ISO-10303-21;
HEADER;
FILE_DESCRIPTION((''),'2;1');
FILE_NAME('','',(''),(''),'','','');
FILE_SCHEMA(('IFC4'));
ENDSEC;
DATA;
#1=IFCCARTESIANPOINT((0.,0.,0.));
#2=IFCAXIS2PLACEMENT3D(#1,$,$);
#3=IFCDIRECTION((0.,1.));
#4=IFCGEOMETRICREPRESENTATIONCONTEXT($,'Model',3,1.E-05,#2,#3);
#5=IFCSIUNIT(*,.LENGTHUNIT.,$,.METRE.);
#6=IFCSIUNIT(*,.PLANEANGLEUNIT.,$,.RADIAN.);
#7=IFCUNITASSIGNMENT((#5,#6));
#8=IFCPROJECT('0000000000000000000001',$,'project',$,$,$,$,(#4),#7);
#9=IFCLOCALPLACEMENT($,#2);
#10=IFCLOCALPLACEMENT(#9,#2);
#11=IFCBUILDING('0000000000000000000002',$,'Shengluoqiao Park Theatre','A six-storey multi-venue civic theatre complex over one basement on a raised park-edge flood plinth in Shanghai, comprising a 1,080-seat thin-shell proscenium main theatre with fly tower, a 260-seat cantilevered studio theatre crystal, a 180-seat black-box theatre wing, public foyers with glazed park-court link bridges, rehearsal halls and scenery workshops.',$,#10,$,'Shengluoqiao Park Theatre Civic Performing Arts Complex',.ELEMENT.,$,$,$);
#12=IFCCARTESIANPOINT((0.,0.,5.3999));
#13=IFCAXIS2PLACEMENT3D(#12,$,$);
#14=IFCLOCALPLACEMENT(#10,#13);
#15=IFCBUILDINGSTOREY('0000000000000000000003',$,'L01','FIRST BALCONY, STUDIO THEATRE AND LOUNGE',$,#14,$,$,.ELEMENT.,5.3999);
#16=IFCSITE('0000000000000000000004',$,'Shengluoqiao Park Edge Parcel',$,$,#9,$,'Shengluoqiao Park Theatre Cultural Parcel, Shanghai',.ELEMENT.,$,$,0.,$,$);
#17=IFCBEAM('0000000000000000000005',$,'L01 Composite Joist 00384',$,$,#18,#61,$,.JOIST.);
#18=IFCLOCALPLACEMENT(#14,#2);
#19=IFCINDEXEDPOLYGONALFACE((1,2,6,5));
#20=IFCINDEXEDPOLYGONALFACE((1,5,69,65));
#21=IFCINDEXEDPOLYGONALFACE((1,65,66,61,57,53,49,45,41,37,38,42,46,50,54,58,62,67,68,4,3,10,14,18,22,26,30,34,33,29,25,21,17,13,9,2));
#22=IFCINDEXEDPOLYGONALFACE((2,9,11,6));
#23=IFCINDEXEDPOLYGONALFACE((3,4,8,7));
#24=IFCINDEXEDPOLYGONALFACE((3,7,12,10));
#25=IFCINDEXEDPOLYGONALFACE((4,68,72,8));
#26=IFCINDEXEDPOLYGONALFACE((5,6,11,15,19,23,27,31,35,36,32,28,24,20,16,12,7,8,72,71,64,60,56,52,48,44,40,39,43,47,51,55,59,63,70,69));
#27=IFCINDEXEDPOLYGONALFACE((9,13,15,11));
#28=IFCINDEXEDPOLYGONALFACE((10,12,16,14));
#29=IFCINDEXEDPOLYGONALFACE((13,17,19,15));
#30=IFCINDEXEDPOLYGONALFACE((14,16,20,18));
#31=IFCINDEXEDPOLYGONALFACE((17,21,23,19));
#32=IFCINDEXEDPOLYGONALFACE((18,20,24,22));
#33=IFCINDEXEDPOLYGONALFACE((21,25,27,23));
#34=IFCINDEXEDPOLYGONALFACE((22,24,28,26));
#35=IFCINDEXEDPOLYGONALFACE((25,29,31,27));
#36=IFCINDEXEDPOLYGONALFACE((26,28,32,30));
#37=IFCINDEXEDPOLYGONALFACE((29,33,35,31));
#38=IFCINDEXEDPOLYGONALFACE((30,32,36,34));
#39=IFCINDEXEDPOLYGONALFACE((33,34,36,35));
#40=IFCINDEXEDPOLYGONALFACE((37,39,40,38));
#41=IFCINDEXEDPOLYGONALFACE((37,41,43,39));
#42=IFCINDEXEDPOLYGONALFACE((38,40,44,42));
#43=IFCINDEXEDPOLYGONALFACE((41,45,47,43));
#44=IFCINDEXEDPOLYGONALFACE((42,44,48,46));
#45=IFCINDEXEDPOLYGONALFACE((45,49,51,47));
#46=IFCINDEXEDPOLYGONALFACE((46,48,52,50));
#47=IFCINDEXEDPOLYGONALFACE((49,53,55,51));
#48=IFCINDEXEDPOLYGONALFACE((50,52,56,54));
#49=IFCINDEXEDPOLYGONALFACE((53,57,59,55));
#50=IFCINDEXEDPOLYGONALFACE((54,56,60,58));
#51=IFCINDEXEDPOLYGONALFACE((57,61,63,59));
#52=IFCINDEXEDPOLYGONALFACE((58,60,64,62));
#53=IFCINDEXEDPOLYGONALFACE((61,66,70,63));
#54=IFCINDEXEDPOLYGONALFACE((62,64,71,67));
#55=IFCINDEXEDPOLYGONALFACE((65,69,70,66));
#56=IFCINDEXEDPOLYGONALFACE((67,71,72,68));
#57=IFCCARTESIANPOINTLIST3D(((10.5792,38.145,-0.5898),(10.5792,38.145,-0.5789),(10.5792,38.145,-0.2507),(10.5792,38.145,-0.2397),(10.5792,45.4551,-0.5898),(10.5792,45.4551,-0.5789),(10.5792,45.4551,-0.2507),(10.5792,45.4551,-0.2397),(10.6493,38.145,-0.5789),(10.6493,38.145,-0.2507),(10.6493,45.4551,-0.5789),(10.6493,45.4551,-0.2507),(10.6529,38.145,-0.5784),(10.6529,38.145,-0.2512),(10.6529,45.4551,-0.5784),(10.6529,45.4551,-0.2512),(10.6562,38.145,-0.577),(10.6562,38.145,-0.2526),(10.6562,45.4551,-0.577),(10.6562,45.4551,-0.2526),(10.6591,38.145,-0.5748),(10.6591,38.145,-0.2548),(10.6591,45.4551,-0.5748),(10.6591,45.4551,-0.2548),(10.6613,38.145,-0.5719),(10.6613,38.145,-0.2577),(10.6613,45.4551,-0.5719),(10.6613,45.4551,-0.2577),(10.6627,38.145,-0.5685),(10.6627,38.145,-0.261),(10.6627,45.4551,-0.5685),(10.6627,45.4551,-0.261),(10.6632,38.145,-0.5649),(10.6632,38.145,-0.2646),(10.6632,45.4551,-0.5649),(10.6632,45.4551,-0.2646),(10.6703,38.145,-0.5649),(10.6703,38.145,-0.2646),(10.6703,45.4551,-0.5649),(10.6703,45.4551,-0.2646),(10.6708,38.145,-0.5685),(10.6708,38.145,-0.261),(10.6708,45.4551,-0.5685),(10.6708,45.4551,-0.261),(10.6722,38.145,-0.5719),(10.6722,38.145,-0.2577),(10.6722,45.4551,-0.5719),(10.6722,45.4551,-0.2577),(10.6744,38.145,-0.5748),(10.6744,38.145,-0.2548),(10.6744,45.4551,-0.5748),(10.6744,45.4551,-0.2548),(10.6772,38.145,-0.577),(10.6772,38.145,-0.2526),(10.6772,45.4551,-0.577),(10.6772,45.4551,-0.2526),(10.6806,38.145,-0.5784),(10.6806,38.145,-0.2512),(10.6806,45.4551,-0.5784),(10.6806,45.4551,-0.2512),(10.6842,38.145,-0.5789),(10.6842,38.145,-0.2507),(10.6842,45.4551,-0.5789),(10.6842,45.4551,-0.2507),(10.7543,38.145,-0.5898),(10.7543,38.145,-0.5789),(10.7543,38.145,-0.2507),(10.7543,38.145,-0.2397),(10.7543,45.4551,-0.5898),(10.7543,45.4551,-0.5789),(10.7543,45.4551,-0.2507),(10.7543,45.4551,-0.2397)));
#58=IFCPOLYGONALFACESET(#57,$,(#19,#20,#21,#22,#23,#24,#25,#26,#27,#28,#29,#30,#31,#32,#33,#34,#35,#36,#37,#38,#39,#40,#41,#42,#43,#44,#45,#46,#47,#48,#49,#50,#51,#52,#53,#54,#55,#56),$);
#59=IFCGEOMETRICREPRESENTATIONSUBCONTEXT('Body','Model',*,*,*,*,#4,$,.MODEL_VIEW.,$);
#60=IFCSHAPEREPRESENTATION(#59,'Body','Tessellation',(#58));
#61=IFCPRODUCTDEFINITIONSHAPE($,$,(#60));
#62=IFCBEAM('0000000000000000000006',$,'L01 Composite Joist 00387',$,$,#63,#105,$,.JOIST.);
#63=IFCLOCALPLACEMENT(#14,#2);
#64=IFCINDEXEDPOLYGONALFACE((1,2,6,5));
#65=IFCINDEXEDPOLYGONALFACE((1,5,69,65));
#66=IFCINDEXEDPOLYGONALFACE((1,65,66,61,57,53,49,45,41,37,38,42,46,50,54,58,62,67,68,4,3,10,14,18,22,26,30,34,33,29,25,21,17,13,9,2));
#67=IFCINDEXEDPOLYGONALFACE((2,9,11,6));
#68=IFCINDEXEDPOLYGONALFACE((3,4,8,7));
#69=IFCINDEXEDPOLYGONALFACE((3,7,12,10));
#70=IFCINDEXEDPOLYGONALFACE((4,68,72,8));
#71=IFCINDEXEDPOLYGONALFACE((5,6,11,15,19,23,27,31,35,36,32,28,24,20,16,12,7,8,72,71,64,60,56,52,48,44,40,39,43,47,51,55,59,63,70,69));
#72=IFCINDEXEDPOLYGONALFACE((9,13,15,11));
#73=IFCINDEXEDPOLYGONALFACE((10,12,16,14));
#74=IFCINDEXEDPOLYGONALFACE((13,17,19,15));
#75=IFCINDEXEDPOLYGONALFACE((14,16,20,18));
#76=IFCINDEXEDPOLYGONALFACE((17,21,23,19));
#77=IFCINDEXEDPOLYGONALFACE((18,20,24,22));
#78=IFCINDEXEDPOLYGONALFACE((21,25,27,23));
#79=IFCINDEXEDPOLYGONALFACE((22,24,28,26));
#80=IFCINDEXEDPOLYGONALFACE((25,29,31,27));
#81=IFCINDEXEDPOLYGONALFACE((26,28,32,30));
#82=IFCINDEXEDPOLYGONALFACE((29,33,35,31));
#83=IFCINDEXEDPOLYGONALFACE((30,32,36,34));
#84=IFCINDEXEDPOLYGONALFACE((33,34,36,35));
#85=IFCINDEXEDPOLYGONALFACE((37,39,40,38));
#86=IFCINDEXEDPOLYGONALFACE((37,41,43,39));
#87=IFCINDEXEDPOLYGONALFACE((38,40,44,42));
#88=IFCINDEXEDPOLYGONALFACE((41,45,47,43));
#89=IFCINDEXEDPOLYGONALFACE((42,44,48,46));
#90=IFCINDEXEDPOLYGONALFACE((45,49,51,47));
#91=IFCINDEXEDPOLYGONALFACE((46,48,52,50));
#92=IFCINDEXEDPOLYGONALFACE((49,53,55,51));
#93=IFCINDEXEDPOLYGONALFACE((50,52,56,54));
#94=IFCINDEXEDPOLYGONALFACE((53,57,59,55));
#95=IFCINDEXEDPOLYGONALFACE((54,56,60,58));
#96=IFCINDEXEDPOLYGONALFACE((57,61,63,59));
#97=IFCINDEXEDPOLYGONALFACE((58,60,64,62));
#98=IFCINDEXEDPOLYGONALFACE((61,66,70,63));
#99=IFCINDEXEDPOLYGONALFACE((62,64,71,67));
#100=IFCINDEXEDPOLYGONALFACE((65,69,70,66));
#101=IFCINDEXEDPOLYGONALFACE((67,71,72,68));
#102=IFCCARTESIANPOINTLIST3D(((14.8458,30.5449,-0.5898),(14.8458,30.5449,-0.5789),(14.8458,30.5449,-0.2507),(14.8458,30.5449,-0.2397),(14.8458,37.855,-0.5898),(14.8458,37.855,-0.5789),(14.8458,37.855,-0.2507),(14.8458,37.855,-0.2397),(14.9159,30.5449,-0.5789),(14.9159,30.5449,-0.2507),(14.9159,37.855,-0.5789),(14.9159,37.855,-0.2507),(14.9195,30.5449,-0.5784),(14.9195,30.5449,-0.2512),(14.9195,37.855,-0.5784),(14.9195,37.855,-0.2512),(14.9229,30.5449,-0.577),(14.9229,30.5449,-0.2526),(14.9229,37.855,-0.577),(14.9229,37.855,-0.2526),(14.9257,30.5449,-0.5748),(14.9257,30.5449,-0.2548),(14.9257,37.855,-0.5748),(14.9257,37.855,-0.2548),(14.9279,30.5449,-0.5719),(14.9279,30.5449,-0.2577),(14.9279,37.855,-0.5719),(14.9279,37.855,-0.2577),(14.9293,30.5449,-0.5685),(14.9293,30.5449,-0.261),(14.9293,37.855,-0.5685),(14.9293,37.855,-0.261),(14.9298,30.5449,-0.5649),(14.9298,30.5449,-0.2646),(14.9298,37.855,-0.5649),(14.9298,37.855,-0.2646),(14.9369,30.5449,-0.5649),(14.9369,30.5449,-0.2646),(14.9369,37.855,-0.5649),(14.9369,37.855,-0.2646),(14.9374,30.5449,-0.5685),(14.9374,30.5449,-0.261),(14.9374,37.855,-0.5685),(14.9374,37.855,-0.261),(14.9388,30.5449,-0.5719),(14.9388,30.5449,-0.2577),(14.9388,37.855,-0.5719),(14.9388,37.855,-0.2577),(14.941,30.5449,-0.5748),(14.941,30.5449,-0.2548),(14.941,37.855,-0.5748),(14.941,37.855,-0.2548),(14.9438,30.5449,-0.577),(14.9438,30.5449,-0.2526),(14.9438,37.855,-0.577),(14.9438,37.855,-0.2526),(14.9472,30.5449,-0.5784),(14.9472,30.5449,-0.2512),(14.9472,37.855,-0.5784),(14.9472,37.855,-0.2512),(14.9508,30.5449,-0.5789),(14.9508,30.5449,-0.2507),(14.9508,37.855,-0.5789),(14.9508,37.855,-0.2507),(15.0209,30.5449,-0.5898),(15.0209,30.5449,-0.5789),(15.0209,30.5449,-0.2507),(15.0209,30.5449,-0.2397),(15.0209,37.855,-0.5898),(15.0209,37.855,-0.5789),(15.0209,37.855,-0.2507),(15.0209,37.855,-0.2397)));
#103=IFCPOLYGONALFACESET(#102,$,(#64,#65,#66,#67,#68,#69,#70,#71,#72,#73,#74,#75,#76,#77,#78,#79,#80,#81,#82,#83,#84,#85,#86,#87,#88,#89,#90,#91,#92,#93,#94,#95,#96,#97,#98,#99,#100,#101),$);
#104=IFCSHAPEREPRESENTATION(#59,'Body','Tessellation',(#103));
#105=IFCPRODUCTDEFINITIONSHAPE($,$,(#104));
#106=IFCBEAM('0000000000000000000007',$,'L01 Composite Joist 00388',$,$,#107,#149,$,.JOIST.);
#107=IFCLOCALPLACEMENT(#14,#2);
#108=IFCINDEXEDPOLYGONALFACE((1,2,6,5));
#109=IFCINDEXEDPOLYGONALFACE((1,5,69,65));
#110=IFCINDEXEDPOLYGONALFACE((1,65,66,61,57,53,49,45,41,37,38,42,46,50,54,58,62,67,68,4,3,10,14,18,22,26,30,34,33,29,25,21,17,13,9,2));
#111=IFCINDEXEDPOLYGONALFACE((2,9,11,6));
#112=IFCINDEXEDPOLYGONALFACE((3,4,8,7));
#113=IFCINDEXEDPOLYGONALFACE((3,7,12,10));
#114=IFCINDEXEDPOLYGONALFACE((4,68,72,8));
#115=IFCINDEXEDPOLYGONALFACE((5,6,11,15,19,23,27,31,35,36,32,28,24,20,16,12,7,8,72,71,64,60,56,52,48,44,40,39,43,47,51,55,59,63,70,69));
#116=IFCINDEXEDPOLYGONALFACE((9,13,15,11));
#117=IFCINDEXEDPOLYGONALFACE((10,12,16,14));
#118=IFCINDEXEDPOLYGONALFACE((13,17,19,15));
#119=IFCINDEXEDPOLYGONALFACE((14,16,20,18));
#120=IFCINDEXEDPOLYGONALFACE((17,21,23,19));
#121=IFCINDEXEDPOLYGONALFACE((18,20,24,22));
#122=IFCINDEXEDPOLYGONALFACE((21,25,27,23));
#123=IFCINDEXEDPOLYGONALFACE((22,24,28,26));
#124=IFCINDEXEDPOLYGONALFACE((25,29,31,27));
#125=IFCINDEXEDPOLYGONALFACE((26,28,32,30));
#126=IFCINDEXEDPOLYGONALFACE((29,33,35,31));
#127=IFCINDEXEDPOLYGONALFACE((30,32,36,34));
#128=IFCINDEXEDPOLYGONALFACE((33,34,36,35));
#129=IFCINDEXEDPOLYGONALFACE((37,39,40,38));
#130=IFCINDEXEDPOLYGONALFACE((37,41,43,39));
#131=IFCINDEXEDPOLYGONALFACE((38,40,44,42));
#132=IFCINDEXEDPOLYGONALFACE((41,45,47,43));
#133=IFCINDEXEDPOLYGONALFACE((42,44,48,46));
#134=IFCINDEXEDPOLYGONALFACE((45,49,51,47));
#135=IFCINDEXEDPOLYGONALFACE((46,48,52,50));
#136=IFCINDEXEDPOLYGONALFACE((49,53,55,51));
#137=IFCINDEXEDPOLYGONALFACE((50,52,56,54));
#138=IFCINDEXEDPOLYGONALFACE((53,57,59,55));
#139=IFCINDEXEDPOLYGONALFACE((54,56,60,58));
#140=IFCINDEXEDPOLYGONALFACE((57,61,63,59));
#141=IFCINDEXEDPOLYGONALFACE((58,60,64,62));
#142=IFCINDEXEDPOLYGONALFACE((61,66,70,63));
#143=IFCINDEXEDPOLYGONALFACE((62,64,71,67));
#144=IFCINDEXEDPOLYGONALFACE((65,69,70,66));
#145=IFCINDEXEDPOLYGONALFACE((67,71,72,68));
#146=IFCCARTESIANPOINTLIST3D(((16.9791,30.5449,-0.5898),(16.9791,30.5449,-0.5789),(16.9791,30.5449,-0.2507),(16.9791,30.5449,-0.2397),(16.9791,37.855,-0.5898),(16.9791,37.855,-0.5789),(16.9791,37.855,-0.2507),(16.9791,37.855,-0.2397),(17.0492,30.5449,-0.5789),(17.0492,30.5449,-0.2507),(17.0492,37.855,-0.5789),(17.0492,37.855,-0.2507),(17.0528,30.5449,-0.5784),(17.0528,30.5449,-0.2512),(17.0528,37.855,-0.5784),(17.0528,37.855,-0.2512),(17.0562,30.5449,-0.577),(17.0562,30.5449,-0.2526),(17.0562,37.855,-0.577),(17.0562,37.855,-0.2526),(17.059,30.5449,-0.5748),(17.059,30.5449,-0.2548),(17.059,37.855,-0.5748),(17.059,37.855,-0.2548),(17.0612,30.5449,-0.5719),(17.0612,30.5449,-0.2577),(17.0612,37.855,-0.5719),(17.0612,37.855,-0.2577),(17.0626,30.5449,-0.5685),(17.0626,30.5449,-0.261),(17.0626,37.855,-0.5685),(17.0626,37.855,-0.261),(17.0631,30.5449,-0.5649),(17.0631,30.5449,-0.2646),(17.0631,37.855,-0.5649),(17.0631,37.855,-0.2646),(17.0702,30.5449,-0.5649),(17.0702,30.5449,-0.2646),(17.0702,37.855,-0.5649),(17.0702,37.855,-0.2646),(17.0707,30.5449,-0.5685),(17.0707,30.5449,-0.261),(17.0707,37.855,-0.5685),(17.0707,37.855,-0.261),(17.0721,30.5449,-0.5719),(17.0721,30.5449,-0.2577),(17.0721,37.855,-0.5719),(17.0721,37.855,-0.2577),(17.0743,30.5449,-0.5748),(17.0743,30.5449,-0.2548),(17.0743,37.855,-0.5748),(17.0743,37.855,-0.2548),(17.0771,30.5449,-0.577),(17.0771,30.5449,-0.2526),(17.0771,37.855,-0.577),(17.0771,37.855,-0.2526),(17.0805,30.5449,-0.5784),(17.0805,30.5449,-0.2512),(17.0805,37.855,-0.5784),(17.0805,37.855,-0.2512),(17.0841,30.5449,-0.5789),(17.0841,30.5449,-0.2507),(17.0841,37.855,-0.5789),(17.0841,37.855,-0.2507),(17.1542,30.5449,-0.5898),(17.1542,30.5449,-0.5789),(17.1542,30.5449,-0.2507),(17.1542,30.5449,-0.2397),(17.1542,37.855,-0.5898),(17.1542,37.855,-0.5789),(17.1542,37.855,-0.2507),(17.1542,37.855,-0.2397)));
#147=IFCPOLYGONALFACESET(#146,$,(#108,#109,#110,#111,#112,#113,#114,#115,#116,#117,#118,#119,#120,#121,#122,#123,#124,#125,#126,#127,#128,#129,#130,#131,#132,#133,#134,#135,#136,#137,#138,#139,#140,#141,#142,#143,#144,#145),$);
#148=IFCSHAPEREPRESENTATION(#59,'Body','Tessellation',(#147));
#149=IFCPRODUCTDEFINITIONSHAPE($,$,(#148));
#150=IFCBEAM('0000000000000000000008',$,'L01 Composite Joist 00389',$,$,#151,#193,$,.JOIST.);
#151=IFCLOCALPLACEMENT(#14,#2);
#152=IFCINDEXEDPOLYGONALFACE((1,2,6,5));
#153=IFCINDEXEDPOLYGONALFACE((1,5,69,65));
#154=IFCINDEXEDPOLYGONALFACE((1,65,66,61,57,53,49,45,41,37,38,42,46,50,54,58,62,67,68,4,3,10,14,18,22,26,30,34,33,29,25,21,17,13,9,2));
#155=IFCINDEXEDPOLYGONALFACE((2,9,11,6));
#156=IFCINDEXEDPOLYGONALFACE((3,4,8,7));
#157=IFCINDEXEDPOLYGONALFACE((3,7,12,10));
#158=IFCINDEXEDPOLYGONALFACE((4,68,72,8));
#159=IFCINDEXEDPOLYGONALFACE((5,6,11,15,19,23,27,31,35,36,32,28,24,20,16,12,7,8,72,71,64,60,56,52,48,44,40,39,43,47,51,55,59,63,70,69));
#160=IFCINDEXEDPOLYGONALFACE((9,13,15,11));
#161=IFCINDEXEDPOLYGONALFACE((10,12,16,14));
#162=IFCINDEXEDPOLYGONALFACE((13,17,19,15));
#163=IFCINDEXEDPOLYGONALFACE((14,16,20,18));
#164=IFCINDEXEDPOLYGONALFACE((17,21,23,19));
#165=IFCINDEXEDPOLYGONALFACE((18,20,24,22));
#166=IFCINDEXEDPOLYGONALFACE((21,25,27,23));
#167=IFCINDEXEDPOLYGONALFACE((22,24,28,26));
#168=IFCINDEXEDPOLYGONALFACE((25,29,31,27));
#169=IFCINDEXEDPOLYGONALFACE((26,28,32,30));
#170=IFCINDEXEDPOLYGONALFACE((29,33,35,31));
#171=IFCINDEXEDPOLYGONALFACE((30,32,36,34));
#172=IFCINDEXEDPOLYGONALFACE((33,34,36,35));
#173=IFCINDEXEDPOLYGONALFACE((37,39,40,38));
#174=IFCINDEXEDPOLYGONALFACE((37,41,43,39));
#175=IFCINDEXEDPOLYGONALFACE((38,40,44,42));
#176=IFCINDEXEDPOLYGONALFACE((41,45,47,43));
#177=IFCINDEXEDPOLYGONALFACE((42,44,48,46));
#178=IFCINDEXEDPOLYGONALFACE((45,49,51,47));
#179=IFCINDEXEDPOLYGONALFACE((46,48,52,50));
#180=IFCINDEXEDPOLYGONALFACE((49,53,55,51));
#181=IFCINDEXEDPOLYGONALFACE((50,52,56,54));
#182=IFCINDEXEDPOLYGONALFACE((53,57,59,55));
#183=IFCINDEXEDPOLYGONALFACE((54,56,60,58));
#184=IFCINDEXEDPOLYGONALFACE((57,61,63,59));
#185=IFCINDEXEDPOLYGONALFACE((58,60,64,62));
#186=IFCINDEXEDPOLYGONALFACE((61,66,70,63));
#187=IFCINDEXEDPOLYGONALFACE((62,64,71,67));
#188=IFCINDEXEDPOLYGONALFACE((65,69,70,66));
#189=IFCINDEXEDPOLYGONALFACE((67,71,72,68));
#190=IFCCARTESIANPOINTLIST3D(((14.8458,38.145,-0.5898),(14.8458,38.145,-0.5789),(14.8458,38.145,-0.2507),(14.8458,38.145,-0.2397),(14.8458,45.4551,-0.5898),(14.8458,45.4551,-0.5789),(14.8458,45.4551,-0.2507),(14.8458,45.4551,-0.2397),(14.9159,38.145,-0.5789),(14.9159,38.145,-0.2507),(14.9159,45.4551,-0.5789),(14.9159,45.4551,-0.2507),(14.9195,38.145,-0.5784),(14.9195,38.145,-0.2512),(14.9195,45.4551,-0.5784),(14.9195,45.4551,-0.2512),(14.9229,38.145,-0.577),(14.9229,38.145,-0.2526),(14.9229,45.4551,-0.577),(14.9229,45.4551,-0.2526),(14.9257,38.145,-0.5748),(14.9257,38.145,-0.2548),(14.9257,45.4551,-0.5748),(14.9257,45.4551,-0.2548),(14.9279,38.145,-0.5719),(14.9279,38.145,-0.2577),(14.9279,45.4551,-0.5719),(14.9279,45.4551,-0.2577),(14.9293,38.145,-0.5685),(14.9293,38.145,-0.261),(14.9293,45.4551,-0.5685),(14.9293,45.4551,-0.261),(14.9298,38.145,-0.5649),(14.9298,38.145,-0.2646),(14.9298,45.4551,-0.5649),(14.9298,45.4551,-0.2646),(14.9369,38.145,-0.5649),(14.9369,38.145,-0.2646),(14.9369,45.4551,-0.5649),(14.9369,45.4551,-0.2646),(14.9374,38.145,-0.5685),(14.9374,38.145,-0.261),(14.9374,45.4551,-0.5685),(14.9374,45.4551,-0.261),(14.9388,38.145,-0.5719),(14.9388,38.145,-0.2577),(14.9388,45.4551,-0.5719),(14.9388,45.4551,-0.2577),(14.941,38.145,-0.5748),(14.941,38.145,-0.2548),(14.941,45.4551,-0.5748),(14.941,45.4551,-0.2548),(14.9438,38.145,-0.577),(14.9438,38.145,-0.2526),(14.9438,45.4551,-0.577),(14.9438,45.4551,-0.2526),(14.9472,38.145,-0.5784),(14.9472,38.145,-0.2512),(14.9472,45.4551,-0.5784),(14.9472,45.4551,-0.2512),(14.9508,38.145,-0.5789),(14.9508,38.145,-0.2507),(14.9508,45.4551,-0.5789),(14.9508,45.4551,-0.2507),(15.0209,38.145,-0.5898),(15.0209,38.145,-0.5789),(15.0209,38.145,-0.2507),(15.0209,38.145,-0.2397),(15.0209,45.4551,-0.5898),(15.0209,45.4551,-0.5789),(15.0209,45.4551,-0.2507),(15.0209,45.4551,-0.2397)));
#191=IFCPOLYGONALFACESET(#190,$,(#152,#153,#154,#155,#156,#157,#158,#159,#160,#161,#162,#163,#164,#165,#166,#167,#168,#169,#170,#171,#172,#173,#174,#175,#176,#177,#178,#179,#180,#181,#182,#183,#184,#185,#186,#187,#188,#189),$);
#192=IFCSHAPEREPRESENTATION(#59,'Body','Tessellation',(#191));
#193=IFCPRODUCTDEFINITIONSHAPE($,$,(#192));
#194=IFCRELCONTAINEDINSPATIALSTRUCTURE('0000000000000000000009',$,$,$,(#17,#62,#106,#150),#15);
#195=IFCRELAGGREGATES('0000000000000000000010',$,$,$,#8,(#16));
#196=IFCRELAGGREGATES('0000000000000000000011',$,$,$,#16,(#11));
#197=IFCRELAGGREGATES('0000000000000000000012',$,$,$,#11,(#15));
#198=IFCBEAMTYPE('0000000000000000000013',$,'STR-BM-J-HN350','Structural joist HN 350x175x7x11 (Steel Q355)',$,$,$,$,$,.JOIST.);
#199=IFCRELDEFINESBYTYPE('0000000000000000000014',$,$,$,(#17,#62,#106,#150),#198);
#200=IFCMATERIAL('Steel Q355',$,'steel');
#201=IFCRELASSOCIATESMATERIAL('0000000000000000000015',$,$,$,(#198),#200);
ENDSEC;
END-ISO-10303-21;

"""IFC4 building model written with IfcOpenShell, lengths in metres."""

from ifc_helpers import new_model, si_unit, direction, frame, origin, origin_2d, place, context, subcontext, project, spatial, i_section, extrude, material, material_profile, profile_set, type_object, element, save


model = new_model("IFC4")

# Units and contexts
model_context = context("Model", 3, precision=1e-05, world=origin(), true_north=direction((0.0, 1.0)))
body_context = subcontext(model_context, "Body", "Model", "MODEL_VIEW")
ifc_project = project(units=[si_unit("LENGTHUNIT", "METRE"), si_unit("PLANEANGLEUNIT", "RADIAN")], contexts=[model_context])

# Site, building, storey
site_placement = place(None, origin())
site = spatial("IfcSite", under=ifc_project, at=site_placement, Name="Shengluoqiao Park Edge Parcel", LongName="Shengluoqiao Park Theatre Cultural Parcel, Shanghai", CompositionType="ELEMENT", RefElevation=0.0)
building_placement = place(site_placement, origin())
building = spatial("IfcBuilding", under=site, at=building_placement, Name="Shengluoqiao Park Theatre", Description="A six-storey multi-venue civic theatre complex over one basement on a raised park-edge flood plinth in Shanghai, comprising a 1,080-seat thin-shell proscenium main theatre with fly tower, a 260-seat cantilevered studio theatre crystal, a 180-seat black-box theatre wing, public foyers with glazed park-court link bridges, rehearsal halls and scenery workshops.", LongName="Shengluoqiao Park Theatre Civic Performing Arts Complex", CompositionType="ELEMENT")
storey_placement = place(building_placement, frame((0.0, 0.0, 5.3999)))
storey = spatial("IfcBuildingStorey", under=building, at=storey_placement, Name="L01", Description="FIRST BALCONY, STUDIO THEATRE AND LOUNGE", CompositionType="ELEMENT", Elevation=5.3999)

# Shared definitions
ifc_material_1 = material(Name="Steel Q355", Category="steel")

# Beams
ifc_material_profile_1 = material_profile(ifc_material_1, i_section(OverallWidth=0.175, OverallDepth=0.3501, WebThickness=0.0071, FlangeThickness=0.011, FilletRadius=0.0139, at=origin_2d()), Name="HN 350x175x7x11")
ifc_profile_set_1 = profile_set([ifc_material_profile_1], Name="Steel Q355")
beam_type_1 = type_object("IfcBeamType", Name="STR-BM-J-HN350", Description="Structural joist HN 350x175x7x11 (Steel Q355)", PredefinedType="JOIST", material=ifc_profile_set_1)
for number, where, z_axis, x_axis, name in (
    (1, (10.6667, 38.145, -0.4148), (0.0, 1.0, 0.0), (-1.0, 0.0, 0.0), "L01 Composite Joist 00384"),
    (2, (14.9333, 30.5449, -0.4148), (0.0, 1.0, 0.0), (-1.0, 0.0, 0.0), "L01 Composite Joist 00387"),
    (3, (17.0667, 30.5449, -0.4148), (0.0, 1.0, 0.0), (-1.0, 0.0, 0.0), "L01 Composite Joist 00388"),
    (4, (14.9333, 38.145, -0.4148), (0.0, 1.0, 0.0), (-1.0, 0.0, 0.0), "L01 Composite Joist 00389"),
):
    element("IfcBeam", number, at=place(storey_placement, frame(where, z_axis=z_axis, x_axis=x_axis)), inside=storey, type_object=beam_type_1, Name=name, PredefinedType="JOIST", context=body_context, shape_type="SweptSolid", body=[
        extrude(i_section(OverallWidth=0.175, OverallDepth=0.3501, WebThickness=0.0071, FlangeThickness=0.011, FilletRadius=0.0139, at=origin_2d()), origin(), (0.0, 0.0, 1.0), 7.3101),
    ])

save(model, "model.ifc")
